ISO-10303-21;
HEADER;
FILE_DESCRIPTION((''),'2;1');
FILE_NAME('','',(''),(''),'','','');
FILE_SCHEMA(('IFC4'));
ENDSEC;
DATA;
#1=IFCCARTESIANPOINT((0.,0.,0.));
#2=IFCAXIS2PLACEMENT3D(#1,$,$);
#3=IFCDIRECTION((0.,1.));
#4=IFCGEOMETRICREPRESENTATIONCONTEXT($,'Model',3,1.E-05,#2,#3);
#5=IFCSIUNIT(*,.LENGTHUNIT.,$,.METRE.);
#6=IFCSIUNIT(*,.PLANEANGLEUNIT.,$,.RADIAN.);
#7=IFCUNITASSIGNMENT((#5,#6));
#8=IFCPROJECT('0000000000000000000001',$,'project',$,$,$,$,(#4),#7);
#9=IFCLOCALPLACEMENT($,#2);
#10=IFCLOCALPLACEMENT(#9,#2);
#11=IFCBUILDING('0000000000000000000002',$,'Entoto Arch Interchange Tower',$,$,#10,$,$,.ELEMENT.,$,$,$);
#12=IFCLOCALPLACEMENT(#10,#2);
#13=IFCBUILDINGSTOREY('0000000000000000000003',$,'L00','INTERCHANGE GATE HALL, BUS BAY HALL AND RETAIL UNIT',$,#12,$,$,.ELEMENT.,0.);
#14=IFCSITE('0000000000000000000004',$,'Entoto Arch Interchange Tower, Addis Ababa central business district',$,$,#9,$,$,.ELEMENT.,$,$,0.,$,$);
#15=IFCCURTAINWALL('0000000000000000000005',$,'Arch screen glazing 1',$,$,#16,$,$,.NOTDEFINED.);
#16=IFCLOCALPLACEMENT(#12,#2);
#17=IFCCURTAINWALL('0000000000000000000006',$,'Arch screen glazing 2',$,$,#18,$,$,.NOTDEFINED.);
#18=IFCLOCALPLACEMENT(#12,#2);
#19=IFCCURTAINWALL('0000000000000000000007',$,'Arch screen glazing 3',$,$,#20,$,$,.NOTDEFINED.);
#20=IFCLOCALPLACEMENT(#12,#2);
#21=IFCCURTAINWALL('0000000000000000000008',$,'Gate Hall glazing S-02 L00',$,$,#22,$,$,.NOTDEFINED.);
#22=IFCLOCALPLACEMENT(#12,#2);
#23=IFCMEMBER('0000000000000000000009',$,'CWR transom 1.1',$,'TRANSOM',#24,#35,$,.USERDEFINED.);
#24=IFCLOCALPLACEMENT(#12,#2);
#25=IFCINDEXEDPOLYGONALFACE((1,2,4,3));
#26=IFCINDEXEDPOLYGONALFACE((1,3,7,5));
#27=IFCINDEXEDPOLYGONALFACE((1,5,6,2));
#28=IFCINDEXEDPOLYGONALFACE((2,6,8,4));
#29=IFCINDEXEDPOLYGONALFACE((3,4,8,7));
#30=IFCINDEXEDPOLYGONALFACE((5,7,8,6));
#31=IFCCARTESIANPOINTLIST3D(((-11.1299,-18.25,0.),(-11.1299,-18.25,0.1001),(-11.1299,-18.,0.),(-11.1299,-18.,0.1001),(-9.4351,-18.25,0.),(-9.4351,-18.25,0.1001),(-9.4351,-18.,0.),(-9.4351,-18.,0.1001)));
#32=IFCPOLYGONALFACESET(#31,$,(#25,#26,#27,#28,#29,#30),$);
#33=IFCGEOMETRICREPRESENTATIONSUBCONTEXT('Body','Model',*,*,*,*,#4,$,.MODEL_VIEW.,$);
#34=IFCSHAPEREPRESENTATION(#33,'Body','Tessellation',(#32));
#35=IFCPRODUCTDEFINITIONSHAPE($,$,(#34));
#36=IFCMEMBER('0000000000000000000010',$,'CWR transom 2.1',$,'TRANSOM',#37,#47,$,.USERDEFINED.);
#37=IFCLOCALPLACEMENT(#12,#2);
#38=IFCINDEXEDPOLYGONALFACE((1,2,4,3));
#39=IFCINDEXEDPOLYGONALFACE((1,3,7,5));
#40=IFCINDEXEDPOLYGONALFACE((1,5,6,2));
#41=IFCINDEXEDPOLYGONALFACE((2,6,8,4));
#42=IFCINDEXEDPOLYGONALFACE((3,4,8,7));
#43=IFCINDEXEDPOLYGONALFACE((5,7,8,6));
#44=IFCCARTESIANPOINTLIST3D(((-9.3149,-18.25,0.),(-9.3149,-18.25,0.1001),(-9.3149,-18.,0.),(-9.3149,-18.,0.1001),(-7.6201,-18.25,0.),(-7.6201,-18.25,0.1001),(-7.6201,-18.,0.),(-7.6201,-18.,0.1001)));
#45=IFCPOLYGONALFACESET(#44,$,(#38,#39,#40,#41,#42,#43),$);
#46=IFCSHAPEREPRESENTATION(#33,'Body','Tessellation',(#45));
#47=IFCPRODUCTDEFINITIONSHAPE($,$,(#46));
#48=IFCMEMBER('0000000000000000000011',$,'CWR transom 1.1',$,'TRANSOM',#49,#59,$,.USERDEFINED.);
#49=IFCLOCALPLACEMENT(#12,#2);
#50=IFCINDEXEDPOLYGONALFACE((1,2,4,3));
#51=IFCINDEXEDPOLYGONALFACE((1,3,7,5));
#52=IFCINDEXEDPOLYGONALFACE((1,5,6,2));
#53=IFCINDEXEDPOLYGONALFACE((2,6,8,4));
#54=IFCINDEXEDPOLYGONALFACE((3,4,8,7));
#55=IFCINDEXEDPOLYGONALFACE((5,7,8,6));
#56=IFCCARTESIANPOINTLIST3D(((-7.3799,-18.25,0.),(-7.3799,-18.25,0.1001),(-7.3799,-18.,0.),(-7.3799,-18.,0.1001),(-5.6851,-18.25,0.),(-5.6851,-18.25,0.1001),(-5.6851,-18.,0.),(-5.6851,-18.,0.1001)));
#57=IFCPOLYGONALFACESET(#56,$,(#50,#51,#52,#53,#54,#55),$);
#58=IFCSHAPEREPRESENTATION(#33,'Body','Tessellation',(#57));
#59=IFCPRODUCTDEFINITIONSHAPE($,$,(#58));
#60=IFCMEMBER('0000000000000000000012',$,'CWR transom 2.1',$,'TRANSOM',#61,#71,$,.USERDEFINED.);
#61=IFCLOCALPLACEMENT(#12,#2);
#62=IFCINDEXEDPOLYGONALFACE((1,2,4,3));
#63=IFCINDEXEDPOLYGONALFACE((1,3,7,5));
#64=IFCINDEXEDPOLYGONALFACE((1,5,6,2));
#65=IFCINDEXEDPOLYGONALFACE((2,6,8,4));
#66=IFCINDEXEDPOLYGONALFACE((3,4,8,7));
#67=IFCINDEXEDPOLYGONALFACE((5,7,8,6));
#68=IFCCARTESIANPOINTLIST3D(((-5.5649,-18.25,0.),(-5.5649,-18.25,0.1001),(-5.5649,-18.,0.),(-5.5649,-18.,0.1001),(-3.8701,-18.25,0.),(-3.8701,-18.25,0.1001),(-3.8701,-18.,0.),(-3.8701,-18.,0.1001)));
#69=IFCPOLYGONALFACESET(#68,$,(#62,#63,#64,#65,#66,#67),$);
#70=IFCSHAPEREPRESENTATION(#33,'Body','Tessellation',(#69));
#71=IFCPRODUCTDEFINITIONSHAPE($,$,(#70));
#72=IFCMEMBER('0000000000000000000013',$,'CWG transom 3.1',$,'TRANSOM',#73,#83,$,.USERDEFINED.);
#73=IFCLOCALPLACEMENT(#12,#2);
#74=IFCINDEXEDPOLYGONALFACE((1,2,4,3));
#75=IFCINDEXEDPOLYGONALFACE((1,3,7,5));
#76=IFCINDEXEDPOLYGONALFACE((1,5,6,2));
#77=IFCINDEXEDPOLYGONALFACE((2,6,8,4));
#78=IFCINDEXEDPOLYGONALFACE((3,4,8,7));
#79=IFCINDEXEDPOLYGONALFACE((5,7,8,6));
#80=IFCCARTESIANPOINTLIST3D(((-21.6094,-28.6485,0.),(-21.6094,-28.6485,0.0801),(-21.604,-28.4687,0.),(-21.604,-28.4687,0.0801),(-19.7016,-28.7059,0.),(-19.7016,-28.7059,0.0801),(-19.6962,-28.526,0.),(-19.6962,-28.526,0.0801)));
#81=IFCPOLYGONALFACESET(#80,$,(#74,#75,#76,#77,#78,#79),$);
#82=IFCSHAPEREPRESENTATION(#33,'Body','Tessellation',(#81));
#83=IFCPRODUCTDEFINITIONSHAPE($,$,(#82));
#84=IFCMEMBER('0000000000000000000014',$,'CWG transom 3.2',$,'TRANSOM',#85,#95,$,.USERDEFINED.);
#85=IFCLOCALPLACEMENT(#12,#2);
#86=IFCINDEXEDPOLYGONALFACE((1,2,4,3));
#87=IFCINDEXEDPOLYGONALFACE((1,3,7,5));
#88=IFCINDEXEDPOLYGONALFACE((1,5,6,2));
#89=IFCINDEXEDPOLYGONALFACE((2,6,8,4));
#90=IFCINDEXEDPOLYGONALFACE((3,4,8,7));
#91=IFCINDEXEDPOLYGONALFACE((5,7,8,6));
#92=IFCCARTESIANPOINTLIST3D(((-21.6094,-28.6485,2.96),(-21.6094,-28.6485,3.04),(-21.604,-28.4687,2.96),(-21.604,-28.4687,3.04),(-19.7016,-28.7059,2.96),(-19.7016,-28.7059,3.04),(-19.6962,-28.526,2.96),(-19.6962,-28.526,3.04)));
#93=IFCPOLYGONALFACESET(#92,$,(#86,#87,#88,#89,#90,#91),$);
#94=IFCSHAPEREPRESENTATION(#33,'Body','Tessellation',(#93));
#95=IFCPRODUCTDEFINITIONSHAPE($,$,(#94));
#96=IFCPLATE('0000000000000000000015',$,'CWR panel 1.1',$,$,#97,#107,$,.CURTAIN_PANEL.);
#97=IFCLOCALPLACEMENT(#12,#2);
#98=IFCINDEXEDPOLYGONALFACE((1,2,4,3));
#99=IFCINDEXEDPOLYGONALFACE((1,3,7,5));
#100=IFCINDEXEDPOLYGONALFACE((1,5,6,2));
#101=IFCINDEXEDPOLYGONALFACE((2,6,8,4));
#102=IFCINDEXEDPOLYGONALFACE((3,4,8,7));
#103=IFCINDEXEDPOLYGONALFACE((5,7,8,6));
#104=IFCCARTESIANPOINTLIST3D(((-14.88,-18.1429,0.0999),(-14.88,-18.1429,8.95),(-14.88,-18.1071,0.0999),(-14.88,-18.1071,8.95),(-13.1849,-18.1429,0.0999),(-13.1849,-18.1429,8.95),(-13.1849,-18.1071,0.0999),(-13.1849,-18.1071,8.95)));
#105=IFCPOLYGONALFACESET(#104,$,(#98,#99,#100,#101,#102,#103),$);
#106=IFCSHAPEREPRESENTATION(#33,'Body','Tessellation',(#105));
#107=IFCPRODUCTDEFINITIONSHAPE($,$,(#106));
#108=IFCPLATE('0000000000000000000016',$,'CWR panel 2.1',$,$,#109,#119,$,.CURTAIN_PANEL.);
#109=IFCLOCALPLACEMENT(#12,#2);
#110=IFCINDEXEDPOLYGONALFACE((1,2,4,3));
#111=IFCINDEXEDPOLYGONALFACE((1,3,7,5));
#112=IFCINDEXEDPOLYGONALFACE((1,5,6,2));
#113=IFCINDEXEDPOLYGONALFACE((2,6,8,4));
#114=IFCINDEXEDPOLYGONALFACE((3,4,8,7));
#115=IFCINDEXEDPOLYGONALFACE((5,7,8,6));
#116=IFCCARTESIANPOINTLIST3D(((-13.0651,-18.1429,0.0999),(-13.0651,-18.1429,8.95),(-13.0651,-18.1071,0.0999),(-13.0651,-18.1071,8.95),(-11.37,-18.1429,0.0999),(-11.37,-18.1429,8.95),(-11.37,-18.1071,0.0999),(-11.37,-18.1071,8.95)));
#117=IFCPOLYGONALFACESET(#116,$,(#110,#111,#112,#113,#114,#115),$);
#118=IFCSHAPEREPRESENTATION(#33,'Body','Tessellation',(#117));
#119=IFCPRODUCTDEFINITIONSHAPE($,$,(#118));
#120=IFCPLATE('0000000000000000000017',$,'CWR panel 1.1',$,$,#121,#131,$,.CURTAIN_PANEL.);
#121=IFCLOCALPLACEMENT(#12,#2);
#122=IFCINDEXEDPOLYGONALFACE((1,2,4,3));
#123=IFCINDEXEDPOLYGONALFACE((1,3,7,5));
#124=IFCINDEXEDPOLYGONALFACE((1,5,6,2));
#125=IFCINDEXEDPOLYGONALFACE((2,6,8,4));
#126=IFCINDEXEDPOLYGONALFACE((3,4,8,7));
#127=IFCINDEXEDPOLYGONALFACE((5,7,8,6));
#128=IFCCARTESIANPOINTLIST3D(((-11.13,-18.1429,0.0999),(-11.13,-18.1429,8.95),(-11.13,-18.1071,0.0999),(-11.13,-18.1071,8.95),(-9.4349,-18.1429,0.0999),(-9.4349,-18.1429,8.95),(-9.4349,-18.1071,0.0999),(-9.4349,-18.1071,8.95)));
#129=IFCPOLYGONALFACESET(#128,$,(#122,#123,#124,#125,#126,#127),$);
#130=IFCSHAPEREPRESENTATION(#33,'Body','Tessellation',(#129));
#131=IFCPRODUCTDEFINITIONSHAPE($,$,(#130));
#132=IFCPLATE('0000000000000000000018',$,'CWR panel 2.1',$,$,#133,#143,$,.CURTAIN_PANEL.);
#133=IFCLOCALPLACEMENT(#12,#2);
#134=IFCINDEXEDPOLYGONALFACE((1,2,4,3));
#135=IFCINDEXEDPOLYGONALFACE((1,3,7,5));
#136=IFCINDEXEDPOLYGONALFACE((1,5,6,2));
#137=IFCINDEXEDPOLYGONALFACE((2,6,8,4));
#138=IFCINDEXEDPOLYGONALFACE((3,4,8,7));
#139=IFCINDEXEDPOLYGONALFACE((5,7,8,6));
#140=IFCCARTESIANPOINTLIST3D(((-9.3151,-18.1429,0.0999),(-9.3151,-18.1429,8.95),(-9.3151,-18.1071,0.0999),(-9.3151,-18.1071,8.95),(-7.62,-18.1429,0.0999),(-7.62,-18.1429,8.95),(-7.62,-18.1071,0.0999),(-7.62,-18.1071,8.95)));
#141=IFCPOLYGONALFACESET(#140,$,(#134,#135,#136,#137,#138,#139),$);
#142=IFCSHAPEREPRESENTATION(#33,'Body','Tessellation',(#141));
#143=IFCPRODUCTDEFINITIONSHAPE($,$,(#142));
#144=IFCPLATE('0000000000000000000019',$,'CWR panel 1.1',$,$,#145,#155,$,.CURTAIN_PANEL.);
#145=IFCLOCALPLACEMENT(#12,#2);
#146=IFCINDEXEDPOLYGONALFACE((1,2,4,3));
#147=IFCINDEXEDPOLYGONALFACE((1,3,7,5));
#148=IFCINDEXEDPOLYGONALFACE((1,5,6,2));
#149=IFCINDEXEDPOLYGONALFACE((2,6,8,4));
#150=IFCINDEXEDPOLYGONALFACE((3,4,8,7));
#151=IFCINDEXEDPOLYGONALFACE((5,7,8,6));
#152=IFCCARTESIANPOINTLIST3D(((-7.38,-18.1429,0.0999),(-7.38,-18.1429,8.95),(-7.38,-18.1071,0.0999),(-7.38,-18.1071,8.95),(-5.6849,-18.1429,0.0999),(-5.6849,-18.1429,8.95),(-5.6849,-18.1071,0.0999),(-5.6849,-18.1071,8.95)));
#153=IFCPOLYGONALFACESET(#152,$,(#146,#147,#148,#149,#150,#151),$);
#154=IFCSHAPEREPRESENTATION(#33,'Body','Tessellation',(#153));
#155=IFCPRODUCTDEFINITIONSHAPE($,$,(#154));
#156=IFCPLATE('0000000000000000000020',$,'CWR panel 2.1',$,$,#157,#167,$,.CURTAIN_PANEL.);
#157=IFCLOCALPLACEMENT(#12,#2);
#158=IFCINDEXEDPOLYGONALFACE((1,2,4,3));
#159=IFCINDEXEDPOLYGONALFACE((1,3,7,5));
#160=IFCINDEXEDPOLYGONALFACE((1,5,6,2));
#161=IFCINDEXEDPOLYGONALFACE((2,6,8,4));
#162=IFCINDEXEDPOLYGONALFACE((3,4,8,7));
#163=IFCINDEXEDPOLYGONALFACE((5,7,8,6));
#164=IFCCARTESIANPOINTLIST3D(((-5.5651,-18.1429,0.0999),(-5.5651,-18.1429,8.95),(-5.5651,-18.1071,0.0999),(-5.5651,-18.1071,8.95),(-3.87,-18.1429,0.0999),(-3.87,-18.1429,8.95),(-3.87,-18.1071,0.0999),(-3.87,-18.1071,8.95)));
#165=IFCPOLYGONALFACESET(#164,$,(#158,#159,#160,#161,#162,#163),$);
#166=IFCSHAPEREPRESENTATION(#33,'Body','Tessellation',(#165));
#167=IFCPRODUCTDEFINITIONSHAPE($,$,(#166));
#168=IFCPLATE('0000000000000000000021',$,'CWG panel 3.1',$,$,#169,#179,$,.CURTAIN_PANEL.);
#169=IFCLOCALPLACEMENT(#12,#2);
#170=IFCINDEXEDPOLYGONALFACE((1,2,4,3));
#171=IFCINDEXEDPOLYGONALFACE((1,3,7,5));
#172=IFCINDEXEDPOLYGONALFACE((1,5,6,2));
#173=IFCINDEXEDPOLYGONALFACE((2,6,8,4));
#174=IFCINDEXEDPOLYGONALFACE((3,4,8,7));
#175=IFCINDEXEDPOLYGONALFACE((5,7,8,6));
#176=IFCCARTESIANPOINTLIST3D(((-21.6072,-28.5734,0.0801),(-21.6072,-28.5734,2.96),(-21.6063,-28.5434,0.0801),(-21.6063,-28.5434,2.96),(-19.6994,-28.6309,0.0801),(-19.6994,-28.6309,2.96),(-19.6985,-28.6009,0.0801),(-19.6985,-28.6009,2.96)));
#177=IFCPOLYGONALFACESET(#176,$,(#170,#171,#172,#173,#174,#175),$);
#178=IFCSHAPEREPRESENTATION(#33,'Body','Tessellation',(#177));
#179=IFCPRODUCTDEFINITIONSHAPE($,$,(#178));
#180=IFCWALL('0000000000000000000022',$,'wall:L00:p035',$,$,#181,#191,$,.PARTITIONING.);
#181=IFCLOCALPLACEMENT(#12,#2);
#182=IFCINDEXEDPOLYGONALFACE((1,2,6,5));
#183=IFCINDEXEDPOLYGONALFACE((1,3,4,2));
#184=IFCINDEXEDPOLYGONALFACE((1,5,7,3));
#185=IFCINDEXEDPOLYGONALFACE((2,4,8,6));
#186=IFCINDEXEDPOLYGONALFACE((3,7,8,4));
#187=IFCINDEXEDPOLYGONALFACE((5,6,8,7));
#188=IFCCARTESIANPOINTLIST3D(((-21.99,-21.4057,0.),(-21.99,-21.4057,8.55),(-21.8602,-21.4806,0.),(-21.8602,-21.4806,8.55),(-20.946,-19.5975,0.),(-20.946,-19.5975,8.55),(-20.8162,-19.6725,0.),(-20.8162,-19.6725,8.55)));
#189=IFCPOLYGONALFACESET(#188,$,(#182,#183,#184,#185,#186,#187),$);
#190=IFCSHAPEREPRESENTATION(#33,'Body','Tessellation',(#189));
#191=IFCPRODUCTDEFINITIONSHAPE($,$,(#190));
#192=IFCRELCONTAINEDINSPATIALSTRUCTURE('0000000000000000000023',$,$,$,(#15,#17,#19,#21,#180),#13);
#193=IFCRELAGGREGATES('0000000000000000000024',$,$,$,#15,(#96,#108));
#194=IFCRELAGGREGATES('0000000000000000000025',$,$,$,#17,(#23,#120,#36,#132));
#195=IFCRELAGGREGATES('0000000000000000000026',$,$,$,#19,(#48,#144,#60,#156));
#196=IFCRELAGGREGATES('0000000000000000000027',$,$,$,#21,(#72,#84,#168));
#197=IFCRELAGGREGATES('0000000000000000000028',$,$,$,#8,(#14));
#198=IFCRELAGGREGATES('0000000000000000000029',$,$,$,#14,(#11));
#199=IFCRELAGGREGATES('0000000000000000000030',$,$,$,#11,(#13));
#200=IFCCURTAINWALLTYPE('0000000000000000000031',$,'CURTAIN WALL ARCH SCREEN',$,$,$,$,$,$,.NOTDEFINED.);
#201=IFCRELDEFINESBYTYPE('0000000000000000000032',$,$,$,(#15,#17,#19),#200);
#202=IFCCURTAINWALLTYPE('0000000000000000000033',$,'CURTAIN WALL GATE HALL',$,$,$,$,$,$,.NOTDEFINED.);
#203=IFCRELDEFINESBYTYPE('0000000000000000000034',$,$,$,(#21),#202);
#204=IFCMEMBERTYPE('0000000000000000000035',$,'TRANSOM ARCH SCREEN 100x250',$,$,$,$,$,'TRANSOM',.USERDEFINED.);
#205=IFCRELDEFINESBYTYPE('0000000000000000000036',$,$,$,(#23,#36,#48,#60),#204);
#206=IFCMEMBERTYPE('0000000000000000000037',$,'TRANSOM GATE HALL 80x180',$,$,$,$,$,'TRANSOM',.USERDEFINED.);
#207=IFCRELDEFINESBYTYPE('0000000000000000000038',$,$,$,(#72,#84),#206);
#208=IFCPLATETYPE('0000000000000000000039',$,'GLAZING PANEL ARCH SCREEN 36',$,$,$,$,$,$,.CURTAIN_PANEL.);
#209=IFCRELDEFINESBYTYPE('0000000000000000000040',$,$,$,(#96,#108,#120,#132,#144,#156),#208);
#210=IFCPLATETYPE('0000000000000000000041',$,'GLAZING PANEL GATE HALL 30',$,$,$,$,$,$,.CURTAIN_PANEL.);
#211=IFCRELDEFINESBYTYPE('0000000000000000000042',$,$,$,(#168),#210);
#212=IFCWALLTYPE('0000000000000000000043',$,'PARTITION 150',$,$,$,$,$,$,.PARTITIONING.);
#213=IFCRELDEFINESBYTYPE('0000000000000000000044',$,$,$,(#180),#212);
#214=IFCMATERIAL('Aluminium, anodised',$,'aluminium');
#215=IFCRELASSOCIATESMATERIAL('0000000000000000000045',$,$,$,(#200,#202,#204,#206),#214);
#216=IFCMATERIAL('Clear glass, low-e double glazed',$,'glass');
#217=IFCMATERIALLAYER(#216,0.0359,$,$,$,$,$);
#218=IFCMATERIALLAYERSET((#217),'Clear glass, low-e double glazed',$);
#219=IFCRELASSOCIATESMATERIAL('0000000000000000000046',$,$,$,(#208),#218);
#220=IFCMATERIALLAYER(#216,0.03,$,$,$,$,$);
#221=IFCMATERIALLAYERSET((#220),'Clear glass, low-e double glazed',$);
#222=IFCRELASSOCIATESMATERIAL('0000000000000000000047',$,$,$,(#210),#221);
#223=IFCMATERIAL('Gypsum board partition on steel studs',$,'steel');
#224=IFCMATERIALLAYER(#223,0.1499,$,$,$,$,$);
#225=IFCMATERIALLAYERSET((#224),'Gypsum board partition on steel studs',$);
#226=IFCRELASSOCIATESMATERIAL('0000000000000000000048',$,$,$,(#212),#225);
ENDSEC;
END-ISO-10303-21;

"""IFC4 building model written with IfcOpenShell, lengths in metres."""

from ifc_helpers import new_model, si_unit, direction, frame, frame_2d, origin, origin_2d, place, context, subcontext, project, spatial, rectangle, extrude, material, layer, layer_set, material_profile, profile_set, type_object, element, aggregate, save


model = new_model("IFC4")

# Units and contexts
model_context = context("Model", 3, precision=1e-05, world=origin(), true_north=direction((0.0, 1.0)))
body_context = subcontext(model_context, "Body", "Model", "MODEL_VIEW")
ifc_project = project(units=[si_unit("LENGTHUNIT", "METRE"), si_unit("PLANEANGLEUNIT", "RADIAN")], contexts=[model_context])

# Site, building, storey
site_placement = place(None, origin())
site = spatial("IfcSite", under=ifc_project, at=site_placement, Name="Entoto Arch Interchange Tower, Addis Ababa central business district", CompositionType="ELEMENT", RefElevation=0.0)
building_placement = place(site_placement, origin())
building = spatial("IfcBuilding", under=site, at=building_placement, Name="Entoto Arch Interchange Tower", CompositionType="ELEMENT")
storey_placement = place(building_placement, origin())
storey = spatial("IfcBuildingStorey", under=building, at=storey_placement, Name="L00", Description="INTERCHANGE GATE HALL, BUS BAY HALL AND RETAIL UNIT", CompositionType="ELEMENT", Elevation=0.0)

# Curtain walls
ifc_material_1 = material(Name="Aluminium, anodised", Category="aluminium")
curtain_wall_type_1 = type_object("IfcCurtainWallType", Name="CURTAIN WALL ARCH SCREEN", PredefinedType="NOTDEFINED", material=ifc_material_1)
curtain_wall_1_placement = place(storey_placement, origin())
curtain_wall_1 = element("IfcCurtainWall", 1, at=curtain_wall_1_placement, inside=storey, type_object=curtain_wall_type_1, Name="Arch screen glazing 1", PredefinedType="NOTDEFINED")
curtain_wall_2_placement = place(storey_placement, origin())
curtain_wall_2 = element("IfcCurtainWall", 2, at=curtain_wall_2_placement, inside=storey, type_object=curtain_wall_type_1, Name="Arch screen glazing 2", PredefinedType="NOTDEFINED")
curtain_wall_3_placement = place(storey_placement, origin())
curtain_wall_3 = element("IfcCurtainWall", 3, at=curtain_wall_3_placement, inside=storey, type_object=curtain_wall_type_1, Name="Arch screen glazing 3", PredefinedType="NOTDEFINED")
curtain_wall_type_2 = type_object("IfcCurtainWallType", Name="CURTAIN WALL GATE HALL", PredefinedType="NOTDEFINED", material=ifc_material_1)
curtain_wall_4_placement = place(storey_placement, origin())
curtain_wall_4 = element("IfcCurtainWall", 4, at=curtain_wall_4_placement, inside=storey, type_object=curtain_wall_type_2, Name="Gate Hall glazing S-02 L00", PredefinedType="NOTDEFINED")

# Members
ifc_material_profile_1 = material_profile(ifc_material_1, rectangle(XDim=0.25, YDim=0.1001, at=origin_2d()))
ifc_profile_set_1 = profile_set([ifc_material_profile_1], Name="Aluminium, anodised")
member_type_1 = type_object("IfcMemberType", Name="TRANSOM ARCH SCREEN 100x250", ElementType="TRANSOM", PredefinedType="USERDEFINED", material=ifc_profile_set_1)
member_1_placement = place(storey_placement, frame((-11.1299, -18.125, 0.05), z_axis=(1.0, 0.0, 0.0), x_axis=(0.0, 1.0, 0.0)))
member_1 = element("IfcMember", 5, at=member_1_placement, type_object=member_type_1, Name="CWR transom 1.1", ObjectType="TRANSOM", PredefinedType="USERDEFINED", context=body_context, shape_type="SweptSolid", body=[
    extrude(rectangle(XDim=0.25, YDim=0.1001, at=origin_2d()), origin(), (0.0, 0.0, 1.0), 1.6948),
])
member_2_placement = place(storey_placement, frame((-9.3149, -18.125, 0.05), z_axis=(1.0, 0.0, 0.0), x_axis=(0.0, 1.0, 0.0)))
member_2 = element("IfcMember", 6, at=member_2_placement, type_object=member_type_1, Name="CWR transom 2.1", ObjectType="TRANSOM", PredefinedType="USERDEFINED", context=body_context, shape_type="SweptSolid", body=[
    extrude(rectangle(XDim=0.25, YDim=0.1001, at=origin_2d()), origin(), (0.0, 0.0, 1.0), 1.6948),
])
member_3_placement = place(storey_placement, frame((-7.3799, -18.125, 0.05), z_axis=(1.0, 0.0, 0.0), x_axis=(0.0, 1.0, 0.0)))
member_3 = element("IfcMember", 7, at=member_3_placement, type_object=member_type_1, Name="CWR transom 1.1", ObjectType="TRANSOM", PredefinedType="USERDEFINED", context=body_context, shape_type="SweptSolid", body=[
    extrude(rectangle(XDim=0.25, YDim=0.1001, at=origin_2d()), origin(), (0.0, 0.0, 1.0), 1.6948),
])
member_4_placement = place(storey_placement, frame((-5.5649, -18.125, 0.05), z_axis=(1.0, 0.0, 0.0), x_axis=(0.0, 1.0, 0.0)))
member_4 = element("IfcMember", 8, at=member_4_placement, type_object=member_type_1, Name="CWR transom 2.1", ObjectType="TRANSOM", PredefinedType="USERDEFINED", context=body_context, shape_type="SweptSolid", body=[
    extrude(rectangle(XDim=0.25, YDim=0.1001, at=origin_2d()), origin(), (0.0, 0.0, 1.0), 1.6948),
])
ifc_material_profile_2 = material_profile(ifc_material_1, rectangle(XDim=0.1799, YDim=0.0801, at=origin_2d()))
ifc_profile_set_2 = profile_set([ifc_material_profile_2], Name="Aluminium, anodised")
member_type_2 = type_object("IfcMemberType", Name="TRANSOM GATE HALL 80x180", ElementType="TRANSOM", PredefinedType="USERDEFINED", material=ifc_profile_set_2)
member_5_placement = place(storey_placement, frame((-21.6067, -28.5586, 0.04), z_axis=(0.999548, -0.030061, 0.0), x_axis=(0.030061, 0.999548, 0.0)))
member_5 = element("IfcMember", 9, at=member_5_placement, type_object=member_type_2, Name="CWG transom 3.1", ObjectType="TRANSOM", PredefinedType="USERDEFINED", context=body_context, shape_type="SweptSolid", body=[
    extrude(rectangle(XDim=0.1799, YDim=0.0801, at=origin_2d()), origin(), (0.0, 0.0, 1.0), 1.9087),
])
member_6_placement = place(storey_placement, frame((-21.6067, -28.5586, 3.0), z_axis=(0.999548, -0.030061, 0.0), x_axis=(0.030061, 0.999548, 0.0)))
member_6 = element("IfcMember", 10, at=member_6_placement, type_object=member_type_2, Name="CWG transom 3.2", ObjectType="TRANSOM", PredefinedType="USERDEFINED", context=body_context, shape_type="SweptSolid", body=[
    extrude(rectangle(XDim=0.1799, YDim=0.0801, at=origin_2d()), origin(), (0.0, 0.0, 1.0), 1.9087),
])

# Plates
ifc_material_2 = material(Name="Clear glass, low-e double glazed", Category="glass")
ifc_layer_1 = layer(ifc_material_2, 0.0359)
ifc_layer_set_1 = layer_set([ifc_layer_1], Name="Clear glass, low-e double glazed")
plate_type_1 = type_object("IfcPlateType", Name="GLAZING PANEL ARCH SCREEN 36", PredefinedType="CURTAIN_PANEL", material=ifc_layer_set_1)
plate_1_placement = place(storey_placement, frame((-14.0325, -18.125, 0.0999), z_axis=(0.0, 0.0, 1.0), x_axis=(1.0, 0.0, 0.0)))
plate_1 = element("IfcPlate", 11, at=plate_1_placement, type_object=plate_type_1, Name="CWR panel 1.1", PredefinedType="CURTAIN_PANEL", context=body_context, shape_type="SweptSolid", body=[
    extrude(rectangle(XDim=1.6951, YDim=0.0359, at=origin_2d()), origin(), (0.0, 0.0, 1.0), 8.8501),
])
plate_2_placement = place(storey_placement, frame((-12.2175, -18.125, 0.0999), z_axis=(0.0, 0.0, 1.0), x_axis=(1.0, 0.0, 0.0)))
plate_2 = element("IfcPlate", 12, at=plate_2_placement, type_object=plate_type_1, Name="CWR panel 2.1", PredefinedType="CURTAIN_PANEL", context=body_context, shape_type="SweptSolid", body=[
    extrude(rectangle(XDim=1.6951, YDim=0.0359, at=origin_2d()), origin(), (0.0, 0.0, 1.0), 8.8501),
])
aggregate(curtain_wall_1, [plate_1, plate_2])
plate_3_placement = place(storey_placement, frame((-10.2825, -18.125, 0.0999), z_axis=(0.0, 0.0, 1.0), x_axis=(1.0, 0.0, 0.0)))
plate_3 = element("IfcPlate", 13, at=plate_3_placement, type_object=plate_type_1, Name="CWR panel 1.1", PredefinedType="CURTAIN_PANEL", context=body_context, shape_type="SweptSolid", body=[
    extrude(rectangle(XDim=1.6951, YDim=0.0359, at=origin_2d()), origin(), (0.0, 0.0, 1.0), 8.8501),
])
plate_4_placement = place(storey_placement, frame((-8.4675, -18.125, 0.0999), z_axis=(0.0, 0.0, 1.0), x_axis=(1.0, 0.0, 0.0)))
plate_4 = element("IfcPlate", 14, at=plate_4_placement, type_object=plate_type_1, Name="CWR panel 2.1", PredefinedType="CURTAIN_PANEL", context=body_context, shape_type="SweptSolid", body=[
    extrude(rectangle(XDim=1.6951, YDim=0.0359, at=origin_2d()), origin(), (0.0, 0.0, 1.0), 8.8501),
])
aggregate(curtain_wall_2, [member_1, plate_3, member_2, plate_4])
plate_5_placement = place(storey_placement, frame((-6.5325, -18.125, 0.0999), z_axis=(0.0, 0.0, 1.0), x_axis=(1.0, 0.0, 0.0)))
plate_5 = element("IfcPlate", 15, at=plate_5_placement, type_object=plate_type_1, Name="CWR panel 1.1", PredefinedType="CURTAIN_PANEL", context=body_context, shape_type="SweptSolid", body=[
    extrude(rectangle(XDim=1.6951, YDim=0.0359, at=origin_2d()), origin(), (0.0, 0.0, 1.0), 8.8501),
])
plate_6_placement = place(storey_placement, frame((-4.7175, -18.125, 0.0999), z_axis=(0.0, 0.0, 1.0), x_axis=(1.0, 0.0, 0.0)))
plate_6 = element("IfcPlate", 16, at=plate_6_placement, type_object=plate_type_1, Name="CWR panel 2.1", PredefinedType="CURTAIN_PANEL", context=body_context, shape_type="SweptSolid", body=[
    extrude(rectangle(XDim=1.6951, YDim=0.0359, at=origin_2d()), origin(), (0.0, 0.0, 1.0), 8.8501),
])
aggregate(curtain_wall_3, [member_3, plate_5, member_4, plate_6])
ifc_layer_2 = layer(ifc_material_2, 0.03)
ifc_layer_set_2 = layer_set([ifc_layer_2], Name="Clear glass, low-e double glazed")
plate_type_2 = type_object("IfcPlateType", Name="GLAZING PANEL GATE HALL 30", PredefinedType="CURTAIN_PANEL", material=ifc_layer_set_2)
plate_7_placement = place(storey_placement, frame((-20.6528, -28.5872, 0.0801), z_axis=(0.0, 0.0, 1.0), x_axis=(0.999546, -0.030118, 0.0)))
plate_7 = element("IfcPlate", 17, at=plate_7_placement, type_object=plate_type_2, Name="CWG panel 3.1", PredefinedType="CURTAIN_PANEL", context=body_context, shape_type="SweptSolid", body=[
    extrude(rectangle(XDim=1.9087, YDim=0.03, at=origin_2d()), origin(), (0.0, 0.0, 1.0), 2.8799),
])
aggregate(curtain_wall_4, [member_5, member_6, plate_7])

# Wall
ifc_material_3 = material(Name="Gypsum board partition on steel studs", Category="steel")
ifc_layer_3 = layer(ifc_material_3, 0.1499)
ifc_layer_set_3 = layer_set([ifc_layer_3], Name="Gypsum board partition on steel studs")
wall_type_1 = type_object("IfcWallType", Name="PARTITION 150", PredefinedType="PARTITIONING", material=ifc_layer_set_3)
wall_1_placement = place(storey_placement, frame((-20.8811, -19.635, 0.0), z_axis=(0.0, 0.0, 1.0), x_axis=(-0.500013, -0.866018, 0.0)))
element("IfcWall", 18, at=wall_1_placement, inside=storey, type_object=wall_type_1, Name="wall:L00:p035", PredefinedType="PARTITIONING", context=body_context, shape_type="SweptSolid", body=[
    extrude(rectangle(XDim=2.0879, YDim=0.1499, at=frame_2d((1.0439, 0.0))), origin(), (0.0, 0.0, 1.0), 8.55),
])

save(model, "model.ifc")
